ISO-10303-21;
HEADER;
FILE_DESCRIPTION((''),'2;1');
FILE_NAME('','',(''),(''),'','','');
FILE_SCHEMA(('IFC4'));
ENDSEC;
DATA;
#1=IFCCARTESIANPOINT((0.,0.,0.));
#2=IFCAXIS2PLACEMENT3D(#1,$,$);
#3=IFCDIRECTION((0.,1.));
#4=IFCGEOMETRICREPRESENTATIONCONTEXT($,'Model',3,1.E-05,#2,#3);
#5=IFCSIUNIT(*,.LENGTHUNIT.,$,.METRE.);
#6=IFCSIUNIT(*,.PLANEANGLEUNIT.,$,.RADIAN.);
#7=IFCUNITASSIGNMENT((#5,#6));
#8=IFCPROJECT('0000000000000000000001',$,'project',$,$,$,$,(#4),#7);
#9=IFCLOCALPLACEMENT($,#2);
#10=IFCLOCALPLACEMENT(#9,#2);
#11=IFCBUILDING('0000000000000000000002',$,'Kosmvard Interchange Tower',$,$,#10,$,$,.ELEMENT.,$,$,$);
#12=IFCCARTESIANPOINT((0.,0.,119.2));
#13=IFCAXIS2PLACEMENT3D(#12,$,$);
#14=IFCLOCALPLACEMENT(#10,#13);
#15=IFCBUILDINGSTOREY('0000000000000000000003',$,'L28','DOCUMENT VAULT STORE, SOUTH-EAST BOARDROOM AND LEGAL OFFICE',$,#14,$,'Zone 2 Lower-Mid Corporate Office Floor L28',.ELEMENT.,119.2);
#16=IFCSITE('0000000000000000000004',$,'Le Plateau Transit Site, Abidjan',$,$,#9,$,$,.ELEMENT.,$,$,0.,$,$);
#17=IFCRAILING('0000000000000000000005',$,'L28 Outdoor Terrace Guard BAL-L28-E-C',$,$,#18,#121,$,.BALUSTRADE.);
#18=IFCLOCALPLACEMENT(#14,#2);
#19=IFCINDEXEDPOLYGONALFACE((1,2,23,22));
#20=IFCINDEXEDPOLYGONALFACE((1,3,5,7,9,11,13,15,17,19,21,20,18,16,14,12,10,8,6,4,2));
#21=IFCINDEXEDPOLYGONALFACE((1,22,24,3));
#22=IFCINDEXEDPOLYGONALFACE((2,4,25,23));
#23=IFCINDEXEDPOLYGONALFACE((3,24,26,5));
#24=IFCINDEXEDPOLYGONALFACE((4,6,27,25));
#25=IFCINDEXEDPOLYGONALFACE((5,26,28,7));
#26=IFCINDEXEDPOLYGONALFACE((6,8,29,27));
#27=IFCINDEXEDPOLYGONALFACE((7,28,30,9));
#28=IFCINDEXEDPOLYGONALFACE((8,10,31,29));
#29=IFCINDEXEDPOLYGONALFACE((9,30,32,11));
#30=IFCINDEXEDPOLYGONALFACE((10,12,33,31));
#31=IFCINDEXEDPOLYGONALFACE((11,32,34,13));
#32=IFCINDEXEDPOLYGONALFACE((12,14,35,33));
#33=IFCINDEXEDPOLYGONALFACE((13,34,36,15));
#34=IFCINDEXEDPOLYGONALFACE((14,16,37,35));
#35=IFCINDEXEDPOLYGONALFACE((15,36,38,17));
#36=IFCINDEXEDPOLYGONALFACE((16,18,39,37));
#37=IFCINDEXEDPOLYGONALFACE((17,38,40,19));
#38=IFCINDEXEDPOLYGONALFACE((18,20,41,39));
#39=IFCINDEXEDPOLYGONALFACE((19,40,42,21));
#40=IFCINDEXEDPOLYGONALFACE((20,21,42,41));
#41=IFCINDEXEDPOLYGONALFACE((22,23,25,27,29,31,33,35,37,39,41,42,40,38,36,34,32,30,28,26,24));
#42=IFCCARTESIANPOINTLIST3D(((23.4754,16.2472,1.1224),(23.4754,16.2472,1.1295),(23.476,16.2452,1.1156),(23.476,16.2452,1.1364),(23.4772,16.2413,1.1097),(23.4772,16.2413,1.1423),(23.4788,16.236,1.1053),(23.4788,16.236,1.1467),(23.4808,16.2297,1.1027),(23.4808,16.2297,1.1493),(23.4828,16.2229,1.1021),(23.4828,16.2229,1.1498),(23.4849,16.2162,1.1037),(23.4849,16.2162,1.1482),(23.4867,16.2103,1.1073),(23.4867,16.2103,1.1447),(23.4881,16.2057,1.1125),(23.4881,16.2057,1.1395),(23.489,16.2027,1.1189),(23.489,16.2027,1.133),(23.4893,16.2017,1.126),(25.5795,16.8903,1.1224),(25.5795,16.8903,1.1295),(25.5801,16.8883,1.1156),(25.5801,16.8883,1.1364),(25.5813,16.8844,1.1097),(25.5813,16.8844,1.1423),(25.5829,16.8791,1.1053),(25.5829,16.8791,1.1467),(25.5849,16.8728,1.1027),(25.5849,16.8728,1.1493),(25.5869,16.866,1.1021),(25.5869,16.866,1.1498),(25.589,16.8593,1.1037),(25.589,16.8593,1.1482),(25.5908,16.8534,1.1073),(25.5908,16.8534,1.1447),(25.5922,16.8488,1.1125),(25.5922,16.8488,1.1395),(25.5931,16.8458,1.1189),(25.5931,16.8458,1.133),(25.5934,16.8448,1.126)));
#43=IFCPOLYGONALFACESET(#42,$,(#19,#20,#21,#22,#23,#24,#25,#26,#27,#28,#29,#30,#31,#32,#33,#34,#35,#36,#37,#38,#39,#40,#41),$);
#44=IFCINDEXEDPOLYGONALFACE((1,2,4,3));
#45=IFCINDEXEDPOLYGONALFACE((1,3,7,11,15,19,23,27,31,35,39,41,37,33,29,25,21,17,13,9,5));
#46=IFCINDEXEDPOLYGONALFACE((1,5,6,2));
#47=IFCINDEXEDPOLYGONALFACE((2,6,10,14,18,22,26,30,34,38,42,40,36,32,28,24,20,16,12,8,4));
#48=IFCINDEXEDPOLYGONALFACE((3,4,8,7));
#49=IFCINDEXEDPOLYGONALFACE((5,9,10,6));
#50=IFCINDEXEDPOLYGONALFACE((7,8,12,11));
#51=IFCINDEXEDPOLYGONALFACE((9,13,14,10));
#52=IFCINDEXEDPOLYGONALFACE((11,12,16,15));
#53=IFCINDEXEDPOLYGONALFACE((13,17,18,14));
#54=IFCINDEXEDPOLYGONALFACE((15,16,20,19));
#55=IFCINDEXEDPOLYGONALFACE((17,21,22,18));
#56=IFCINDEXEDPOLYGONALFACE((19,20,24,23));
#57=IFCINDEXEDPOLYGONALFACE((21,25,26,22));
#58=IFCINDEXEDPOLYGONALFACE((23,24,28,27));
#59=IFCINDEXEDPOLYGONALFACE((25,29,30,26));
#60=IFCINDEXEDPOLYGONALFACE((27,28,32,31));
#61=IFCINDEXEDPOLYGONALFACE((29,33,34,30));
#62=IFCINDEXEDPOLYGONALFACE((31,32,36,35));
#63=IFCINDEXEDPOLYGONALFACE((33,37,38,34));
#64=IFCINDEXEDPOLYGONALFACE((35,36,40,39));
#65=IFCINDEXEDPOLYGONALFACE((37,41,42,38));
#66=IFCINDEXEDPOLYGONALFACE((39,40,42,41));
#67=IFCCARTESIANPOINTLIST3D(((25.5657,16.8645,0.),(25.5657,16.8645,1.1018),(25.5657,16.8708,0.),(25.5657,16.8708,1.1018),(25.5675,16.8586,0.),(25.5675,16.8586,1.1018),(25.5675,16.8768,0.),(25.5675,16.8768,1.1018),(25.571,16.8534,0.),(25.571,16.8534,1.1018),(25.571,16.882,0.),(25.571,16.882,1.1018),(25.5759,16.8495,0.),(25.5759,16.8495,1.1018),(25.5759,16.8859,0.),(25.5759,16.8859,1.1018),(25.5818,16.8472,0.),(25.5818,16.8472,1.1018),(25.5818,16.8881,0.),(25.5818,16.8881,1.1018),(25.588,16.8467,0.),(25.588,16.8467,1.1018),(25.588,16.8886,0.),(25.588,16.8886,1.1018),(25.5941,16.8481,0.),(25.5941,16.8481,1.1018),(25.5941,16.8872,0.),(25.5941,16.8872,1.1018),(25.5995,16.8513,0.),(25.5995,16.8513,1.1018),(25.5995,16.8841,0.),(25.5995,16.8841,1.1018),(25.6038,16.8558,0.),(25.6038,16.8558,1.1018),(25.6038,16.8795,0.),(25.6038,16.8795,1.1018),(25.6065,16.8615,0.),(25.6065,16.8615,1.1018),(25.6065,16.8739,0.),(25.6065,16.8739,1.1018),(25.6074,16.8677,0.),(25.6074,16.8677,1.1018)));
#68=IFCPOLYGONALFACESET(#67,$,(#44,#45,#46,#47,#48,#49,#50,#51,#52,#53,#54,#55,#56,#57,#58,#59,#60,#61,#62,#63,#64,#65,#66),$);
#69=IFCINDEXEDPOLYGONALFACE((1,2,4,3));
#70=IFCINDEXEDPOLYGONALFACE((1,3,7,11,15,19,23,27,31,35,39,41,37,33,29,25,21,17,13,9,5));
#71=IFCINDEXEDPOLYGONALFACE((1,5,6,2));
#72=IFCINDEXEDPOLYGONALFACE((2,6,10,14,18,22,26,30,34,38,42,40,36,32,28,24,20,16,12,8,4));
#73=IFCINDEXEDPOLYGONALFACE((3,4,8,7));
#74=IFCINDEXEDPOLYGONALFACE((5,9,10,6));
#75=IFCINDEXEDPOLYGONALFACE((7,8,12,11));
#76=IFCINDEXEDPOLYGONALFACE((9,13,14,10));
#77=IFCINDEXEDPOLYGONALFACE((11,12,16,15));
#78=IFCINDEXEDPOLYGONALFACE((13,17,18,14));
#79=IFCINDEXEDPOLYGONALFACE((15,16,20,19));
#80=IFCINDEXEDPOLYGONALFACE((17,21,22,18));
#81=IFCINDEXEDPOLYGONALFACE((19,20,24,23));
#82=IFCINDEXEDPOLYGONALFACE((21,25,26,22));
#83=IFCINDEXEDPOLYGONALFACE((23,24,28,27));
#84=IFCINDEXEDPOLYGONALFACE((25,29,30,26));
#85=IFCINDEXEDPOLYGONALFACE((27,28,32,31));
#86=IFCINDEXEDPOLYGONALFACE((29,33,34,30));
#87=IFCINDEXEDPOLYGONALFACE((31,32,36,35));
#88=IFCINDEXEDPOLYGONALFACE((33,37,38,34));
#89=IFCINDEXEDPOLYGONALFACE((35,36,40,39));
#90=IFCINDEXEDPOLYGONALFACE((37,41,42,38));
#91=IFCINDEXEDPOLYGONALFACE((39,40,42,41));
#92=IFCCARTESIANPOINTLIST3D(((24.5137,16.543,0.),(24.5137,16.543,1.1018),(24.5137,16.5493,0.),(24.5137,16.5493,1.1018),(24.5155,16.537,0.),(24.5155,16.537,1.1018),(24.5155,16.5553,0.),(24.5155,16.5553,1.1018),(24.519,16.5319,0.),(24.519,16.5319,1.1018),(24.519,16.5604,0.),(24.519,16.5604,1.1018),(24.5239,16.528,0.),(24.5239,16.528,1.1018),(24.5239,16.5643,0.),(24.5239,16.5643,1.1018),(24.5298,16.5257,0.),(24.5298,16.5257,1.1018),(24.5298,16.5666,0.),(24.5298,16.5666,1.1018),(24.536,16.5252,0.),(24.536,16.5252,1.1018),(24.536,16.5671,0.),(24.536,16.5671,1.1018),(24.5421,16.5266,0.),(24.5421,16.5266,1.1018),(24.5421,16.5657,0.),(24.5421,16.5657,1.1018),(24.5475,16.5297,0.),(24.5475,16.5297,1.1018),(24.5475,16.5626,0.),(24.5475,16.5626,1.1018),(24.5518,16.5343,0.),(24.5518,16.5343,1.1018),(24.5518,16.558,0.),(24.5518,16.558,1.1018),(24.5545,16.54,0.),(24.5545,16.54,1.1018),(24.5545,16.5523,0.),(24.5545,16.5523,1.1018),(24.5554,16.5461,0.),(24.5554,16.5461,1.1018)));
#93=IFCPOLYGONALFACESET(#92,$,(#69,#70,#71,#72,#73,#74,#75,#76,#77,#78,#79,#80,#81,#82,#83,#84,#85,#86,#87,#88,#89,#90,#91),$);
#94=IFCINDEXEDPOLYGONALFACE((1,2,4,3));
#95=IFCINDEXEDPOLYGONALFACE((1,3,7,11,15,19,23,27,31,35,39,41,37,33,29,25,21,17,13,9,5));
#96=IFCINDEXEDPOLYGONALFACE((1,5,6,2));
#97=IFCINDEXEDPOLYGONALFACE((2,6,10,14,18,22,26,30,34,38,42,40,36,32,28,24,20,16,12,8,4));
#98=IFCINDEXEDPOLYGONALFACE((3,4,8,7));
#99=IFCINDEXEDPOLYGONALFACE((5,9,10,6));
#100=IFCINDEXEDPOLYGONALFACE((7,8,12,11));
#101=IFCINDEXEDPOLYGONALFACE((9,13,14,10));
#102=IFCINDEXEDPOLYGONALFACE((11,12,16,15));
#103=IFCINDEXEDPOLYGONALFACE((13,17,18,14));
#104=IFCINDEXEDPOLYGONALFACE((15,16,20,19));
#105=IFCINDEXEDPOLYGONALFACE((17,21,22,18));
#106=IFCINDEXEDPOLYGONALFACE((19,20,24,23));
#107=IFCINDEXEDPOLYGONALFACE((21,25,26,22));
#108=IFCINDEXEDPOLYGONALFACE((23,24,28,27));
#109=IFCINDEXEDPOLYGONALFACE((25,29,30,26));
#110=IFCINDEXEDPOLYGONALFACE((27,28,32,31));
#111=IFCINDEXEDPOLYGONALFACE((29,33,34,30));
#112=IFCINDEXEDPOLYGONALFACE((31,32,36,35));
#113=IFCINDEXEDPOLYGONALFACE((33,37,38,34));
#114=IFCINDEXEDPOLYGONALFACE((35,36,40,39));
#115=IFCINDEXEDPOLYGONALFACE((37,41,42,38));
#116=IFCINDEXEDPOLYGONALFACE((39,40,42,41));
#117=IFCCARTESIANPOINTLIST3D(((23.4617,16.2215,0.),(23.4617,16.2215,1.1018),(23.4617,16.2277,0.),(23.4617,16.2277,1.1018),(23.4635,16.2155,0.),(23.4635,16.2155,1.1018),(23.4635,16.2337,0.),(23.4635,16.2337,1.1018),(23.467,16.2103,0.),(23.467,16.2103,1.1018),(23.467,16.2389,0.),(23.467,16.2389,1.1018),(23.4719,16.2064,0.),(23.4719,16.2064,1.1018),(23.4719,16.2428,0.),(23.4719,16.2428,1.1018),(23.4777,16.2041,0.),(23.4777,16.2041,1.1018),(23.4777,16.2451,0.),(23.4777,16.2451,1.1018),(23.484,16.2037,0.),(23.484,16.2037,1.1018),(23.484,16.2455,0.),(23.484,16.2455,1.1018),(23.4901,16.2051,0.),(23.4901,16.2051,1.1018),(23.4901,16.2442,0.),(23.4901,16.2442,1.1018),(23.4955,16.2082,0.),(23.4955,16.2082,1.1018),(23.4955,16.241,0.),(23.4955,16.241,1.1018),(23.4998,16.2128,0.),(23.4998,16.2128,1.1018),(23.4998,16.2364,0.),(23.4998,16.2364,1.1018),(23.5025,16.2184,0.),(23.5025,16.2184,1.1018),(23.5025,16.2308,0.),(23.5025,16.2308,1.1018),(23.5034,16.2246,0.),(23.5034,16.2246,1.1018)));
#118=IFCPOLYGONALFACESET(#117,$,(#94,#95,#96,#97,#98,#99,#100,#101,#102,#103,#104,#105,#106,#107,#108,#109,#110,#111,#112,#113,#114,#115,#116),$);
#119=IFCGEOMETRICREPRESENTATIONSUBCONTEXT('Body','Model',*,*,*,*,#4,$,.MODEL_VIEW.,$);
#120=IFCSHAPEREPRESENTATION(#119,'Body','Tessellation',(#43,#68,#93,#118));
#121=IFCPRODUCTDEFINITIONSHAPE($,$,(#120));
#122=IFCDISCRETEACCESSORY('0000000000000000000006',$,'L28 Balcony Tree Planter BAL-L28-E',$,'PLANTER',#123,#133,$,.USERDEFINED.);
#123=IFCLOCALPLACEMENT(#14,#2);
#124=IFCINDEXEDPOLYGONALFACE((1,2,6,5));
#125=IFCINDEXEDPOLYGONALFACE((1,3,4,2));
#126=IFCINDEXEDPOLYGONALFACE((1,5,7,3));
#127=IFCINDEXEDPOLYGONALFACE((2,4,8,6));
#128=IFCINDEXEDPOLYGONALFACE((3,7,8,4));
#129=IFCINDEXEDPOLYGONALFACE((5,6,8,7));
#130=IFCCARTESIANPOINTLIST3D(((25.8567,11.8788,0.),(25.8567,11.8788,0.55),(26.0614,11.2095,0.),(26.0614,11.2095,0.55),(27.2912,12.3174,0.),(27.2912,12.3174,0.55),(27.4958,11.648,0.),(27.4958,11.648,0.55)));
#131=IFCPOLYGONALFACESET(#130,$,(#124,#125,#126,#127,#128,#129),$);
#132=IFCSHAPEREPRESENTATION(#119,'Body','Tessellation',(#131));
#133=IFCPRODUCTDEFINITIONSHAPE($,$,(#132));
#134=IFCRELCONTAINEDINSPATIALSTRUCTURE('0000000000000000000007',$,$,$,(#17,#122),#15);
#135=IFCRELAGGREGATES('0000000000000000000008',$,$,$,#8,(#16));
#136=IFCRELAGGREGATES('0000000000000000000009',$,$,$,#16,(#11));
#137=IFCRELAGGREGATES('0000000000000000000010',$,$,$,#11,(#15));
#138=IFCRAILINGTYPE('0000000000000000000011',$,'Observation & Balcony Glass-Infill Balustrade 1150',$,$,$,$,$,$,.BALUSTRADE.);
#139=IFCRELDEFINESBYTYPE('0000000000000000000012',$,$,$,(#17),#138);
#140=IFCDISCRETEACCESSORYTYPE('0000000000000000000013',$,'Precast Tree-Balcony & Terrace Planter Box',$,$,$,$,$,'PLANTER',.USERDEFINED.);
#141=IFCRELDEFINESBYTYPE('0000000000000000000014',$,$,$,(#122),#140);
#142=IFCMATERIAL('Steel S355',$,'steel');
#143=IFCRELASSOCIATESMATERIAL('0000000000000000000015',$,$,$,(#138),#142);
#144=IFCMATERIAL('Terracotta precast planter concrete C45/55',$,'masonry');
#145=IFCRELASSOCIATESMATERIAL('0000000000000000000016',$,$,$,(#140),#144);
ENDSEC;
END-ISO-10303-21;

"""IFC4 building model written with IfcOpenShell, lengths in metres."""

from ifc_helpers import new_model, si_unit, direction, frame, origin, origin_2d, place, context, subcontext, project, spatial, rectangle, circle, extrude, source, transform, mapped, material, type_object, element, save


model = new_model("IFC4")

# Units and contexts
model_context = context("Model", 3, precision=1e-05, world=origin(), true_north=direction((0.0, 1.0)))
body_context = subcontext(model_context, "Body", "Model", "MODEL_VIEW")
ifc_project = project(units=[si_unit("LENGTHUNIT", "METRE"), si_unit("PLANEANGLEUNIT", "RADIAN")], contexts=[model_context])

# Site, building, storey
site_placement = place(None, origin())
site = spatial("IfcSite", under=ifc_project, at=site_placement, Name="Le Plateau Transit Site, Abidjan", CompositionType="ELEMENT", RefElevation=0.0)
building_placement = place(site_placement, origin())
building = spatial("IfcBuilding", under=site, at=building_placement, Name="Kosmvard Interchange Tower", CompositionType="ELEMENT")
storey_placement = place(building_placement, frame((0.0, 0.0, 119.2)))
storey = spatial("IfcBuildingStorey", under=building, at=storey_placement, Name="L28", Description="DOCUMENT VAULT STORE, SOUTH-EAST BOARDROOM AND LEGAL OFFICE", LongName="Zone 2 Lower-Mid Corporate Office Floor L28", CompositionType="ELEMENT", Elevation=119.2)

# Shared definitions
ifc_material_1 = material(Name="Steel S355", Category="steel")

# Railing
railing_type = type_object("IfcRailingType", Name="Observation & Balcony Glass-Infill Balustrade 1150", PredefinedType="BALUSTRADE", material=ifc_material_1)
shared_shape_1 = source(origin(), body_context, "Body", "SweptSolid", [
    extrude(circle(Radius=0.0239, at=origin_2d()), frame((0.0, 0.0, 1.126), z_axis=(-0.956329, -0.292292, 0.0), x_axis=(0.292292, -0.956329, 0.0)), (0.0, 0.0, 1.0), 2.2002),
    extrude(circle(Radius=0.021, at=origin_2d()), origin(), (0.0, 0.0, 1.0), 1.1018),
    extrude(circle(Radius=0.021, at=origin_2d()), frame((-1.052, -0.3215, 0.0)), (0.0, 0.0, 1.0), 1.1018),
    extrude(circle(Radius=0.021, at=origin_2d()), frame((-2.104, -0.6431, 0.0)), (0.0, 0.0, 1.0), 1.1018),
])
railing_placement = place(storey_placement, frame((25.5864, 16.8677, 0.0)))
element("IfcRailing", 1, at=railing_placement, inside=storey, type_object=railing_type, Name="L28 Outdoor Terrace Guard BAL-L28-E-C", PredefinedType="BALUSTRADE", context=body_context, shape_type="MappedRepresentation", body=[
    mapped(shared_shape_1, transform((0.0, 0.0, 0.0), scale=1.0)),
])

# Discrete accessory
ifc_material_2 = material(Name="Terracotta precast planter concrete C45/55", Category="masonry")
discrete_accessory_type = type_object("IfcDiscreteAccessoryType", Name="Precast Tree-Balcony & Terrace Planter Box", ElementType="PLANTER", PredefinedType="USERDEFINED", material=ifc_material_2)
shared_shape_2 = source(origin(), body_context, "Body", "SweptSolid", [
    extrude(rectangle(XDim=1.5, YDim=0.7, at=origin_2d()), origin(), (0.0, 0.0, 1.0), 0.55),
])
discrete_accessory_placement = place(storey_placement, frame((26.6763, 11.7634, 0.0), z_axis=(0.0, 0.0, 1.0), x_axis=(0.956305, 0.292372, 0.0)))
element("IfcDiscreteAccessory", 2, at=discrete_accessory_placement, inside=storey, type_object=discrete_accessory_type, Name="L28 Balcony Tree Planter BAL-L28-E", ObjectType="PLANTER", PredefinedType="USERDEFINED", context=body_context, shape_type="MappedRepresentation", body=[
    mapped(shared_shape_2, transform((0.0, 0.0, 0.0), scale=1.0)),
])

save(model, "model.ifc")
